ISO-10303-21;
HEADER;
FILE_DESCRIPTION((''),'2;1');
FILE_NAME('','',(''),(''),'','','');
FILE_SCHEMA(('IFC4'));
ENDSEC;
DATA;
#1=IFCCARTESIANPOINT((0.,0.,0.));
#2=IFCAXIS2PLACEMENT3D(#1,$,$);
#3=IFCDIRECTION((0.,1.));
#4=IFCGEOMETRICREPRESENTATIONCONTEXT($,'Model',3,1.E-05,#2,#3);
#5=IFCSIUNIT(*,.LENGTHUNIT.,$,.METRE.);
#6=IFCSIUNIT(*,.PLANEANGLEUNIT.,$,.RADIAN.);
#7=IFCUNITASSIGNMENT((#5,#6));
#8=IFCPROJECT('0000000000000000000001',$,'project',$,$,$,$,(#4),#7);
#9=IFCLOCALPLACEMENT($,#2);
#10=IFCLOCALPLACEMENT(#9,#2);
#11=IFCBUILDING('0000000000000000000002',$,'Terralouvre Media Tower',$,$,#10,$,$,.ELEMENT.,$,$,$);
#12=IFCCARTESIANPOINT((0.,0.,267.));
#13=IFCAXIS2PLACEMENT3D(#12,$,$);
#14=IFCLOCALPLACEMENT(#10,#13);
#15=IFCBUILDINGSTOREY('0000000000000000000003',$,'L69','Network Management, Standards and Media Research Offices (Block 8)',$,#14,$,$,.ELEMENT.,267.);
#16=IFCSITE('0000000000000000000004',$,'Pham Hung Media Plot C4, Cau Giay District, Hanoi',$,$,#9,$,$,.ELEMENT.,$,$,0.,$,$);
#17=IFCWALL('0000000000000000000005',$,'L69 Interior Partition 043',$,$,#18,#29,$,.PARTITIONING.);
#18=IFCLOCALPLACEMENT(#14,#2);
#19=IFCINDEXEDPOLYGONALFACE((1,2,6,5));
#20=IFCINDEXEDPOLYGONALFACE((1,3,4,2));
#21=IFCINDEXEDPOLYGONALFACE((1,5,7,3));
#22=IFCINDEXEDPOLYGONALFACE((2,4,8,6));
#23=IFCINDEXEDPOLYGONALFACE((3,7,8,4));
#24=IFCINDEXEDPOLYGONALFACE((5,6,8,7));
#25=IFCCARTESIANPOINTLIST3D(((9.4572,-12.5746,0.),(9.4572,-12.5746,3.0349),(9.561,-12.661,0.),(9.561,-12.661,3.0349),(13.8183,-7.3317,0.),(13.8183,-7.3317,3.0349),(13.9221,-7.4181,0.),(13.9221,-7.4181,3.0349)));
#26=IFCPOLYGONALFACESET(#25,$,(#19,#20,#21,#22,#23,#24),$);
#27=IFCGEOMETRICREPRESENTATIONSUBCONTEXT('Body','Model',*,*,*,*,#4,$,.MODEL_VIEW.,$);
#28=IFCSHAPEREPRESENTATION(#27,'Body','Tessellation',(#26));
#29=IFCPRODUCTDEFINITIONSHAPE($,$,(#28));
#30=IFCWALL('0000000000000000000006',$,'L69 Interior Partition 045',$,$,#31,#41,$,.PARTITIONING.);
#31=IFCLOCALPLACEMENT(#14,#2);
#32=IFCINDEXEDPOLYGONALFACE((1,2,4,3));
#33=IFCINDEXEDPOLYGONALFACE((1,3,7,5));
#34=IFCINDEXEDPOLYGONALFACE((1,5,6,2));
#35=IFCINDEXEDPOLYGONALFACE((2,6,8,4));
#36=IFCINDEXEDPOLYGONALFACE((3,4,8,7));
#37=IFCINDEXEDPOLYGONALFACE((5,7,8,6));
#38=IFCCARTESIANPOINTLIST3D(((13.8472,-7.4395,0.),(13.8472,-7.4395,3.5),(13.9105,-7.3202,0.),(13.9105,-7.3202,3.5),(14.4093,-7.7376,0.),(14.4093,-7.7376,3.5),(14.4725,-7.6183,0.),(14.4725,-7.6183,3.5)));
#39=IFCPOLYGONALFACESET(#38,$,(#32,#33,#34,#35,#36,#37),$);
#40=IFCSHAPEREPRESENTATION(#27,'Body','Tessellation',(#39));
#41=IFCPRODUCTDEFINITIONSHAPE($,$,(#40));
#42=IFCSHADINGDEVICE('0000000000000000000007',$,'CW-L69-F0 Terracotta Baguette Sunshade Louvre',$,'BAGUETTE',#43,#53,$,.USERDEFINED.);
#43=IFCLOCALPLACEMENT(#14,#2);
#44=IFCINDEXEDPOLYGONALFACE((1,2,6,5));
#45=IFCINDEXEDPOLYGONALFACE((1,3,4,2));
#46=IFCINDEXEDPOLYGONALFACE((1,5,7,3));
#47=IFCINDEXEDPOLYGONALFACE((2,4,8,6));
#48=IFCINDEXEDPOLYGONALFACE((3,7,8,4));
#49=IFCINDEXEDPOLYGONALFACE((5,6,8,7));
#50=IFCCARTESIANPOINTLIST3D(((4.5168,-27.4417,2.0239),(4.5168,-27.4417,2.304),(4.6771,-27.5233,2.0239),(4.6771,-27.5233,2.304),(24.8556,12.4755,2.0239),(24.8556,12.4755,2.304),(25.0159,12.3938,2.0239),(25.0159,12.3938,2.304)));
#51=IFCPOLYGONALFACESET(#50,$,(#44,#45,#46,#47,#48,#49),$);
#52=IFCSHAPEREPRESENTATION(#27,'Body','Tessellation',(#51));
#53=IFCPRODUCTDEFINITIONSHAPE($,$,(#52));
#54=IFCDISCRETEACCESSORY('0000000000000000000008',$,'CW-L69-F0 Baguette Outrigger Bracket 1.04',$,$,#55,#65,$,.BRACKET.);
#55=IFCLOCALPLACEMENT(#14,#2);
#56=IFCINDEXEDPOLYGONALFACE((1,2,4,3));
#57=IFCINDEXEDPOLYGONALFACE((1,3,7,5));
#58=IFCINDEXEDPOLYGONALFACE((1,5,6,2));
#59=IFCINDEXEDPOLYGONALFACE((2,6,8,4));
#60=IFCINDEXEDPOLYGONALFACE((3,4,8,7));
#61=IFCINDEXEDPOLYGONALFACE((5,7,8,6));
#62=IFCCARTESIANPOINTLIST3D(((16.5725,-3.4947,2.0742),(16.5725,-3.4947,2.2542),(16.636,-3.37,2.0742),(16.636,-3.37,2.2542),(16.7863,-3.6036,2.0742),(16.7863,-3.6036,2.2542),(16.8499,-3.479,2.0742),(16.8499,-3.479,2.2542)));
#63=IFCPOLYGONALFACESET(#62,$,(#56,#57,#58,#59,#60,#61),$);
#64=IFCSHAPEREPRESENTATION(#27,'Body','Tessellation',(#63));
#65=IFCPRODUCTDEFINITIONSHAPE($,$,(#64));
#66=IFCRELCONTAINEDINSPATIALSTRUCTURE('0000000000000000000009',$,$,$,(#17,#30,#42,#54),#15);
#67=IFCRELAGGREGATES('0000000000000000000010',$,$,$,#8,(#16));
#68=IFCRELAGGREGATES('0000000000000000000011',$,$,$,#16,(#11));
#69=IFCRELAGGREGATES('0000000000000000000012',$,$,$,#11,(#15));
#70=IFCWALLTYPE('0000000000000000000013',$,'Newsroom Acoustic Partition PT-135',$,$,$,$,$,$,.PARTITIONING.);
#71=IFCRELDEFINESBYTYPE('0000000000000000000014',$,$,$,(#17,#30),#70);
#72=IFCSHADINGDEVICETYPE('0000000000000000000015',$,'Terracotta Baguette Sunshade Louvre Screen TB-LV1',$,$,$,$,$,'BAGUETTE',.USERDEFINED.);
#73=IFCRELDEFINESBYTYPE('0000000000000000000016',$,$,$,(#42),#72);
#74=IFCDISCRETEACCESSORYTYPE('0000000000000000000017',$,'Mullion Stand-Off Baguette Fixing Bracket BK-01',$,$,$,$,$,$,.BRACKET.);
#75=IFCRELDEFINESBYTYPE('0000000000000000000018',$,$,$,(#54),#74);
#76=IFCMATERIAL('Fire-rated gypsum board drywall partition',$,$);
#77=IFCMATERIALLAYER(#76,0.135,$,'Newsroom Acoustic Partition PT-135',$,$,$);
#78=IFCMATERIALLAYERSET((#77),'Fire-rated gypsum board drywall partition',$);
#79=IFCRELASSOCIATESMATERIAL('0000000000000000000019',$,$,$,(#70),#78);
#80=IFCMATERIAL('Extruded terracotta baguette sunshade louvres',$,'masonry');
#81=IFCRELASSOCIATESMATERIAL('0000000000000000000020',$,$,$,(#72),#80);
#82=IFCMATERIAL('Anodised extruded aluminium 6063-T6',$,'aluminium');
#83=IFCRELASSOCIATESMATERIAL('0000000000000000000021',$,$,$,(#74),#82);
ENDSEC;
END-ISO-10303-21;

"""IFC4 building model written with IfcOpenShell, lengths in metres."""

from ifc_helpers import new_model, si_unit, direction, frame, frame_2d, origin, origin_2d, place, context, subcontext, project, spatial, rectangle, extrude, material, layer, layer_set, type_object, element, save


model = new_model("IFC4")

# Units and contexts
model_context = context("Model", 3, precision=1e-05, world=origin(), true_north=direction((0.0, 1.0)))
body_context = subcontext(model_context, "Body", "Model", "MODEL_VIEW")
ifc_project = project(units=[si_unit("LENGTHUNIT", "METRE"), si_unit("PLANEANGLEUNIT", "RADIAN")], contexts=[model_context])

# Site, building, storey
site_placement = place(None, origin())
site = spatial("IfcSite", under=ifc_project, at=site_placement, Name="Pham Hung Media Plot C4, Cau Giay District, Hanoi", CompositionType="ELEMENT", RefElevation=0.0)
building_placement = place(site_placement, origin())
building = spatial("IfcBuilding", under=site, at=building_placement, Name="Terralouvre Media Tower", CompositionType="ELEMENT")
storey_placement = place(building_placement, frame((0.0, 0.0, 267.0)))
storey = spatial("IfcBuildingStorey", under=building, at=storey_placement, Name="L69", Description="Network Management, Standards and Media Research Offices (Block 8)", CompositionType="ELEMENT", Elevation=267.0)

# Shared definitions
ifc_material_1 = material(Name="Fire-rated gypsum board drywall partition")
ifc_layer_1 = layer(ifc_material_1, 0.135, Name="Newsroom Acoustic Partition PT-135")
ifc_layer_set_1 = layer_set([ifc_layer_1], Name="Fire-rated gypsum board drywall partition")
wall_type_1 = type_object("IfcWallType", Name="Newsroom Acoustic Partition PT-135", PredefinedType="PARTITIONING", material=ifc_layer_set_1)

# Walls
wall_1_placement = place(storey_placement, frame((13.8701, -7.375, 0.0), z_axis=(0.0, 0.0, 1.0), x_axis=(-0.63949, -0.768799, 0.0)))
element("IfcWall", 1, at=wall_1_placement, inside=storey, type_object=wall_type_1, Name="L69 Interior Partition 043", PredefinedType="PARTITIONING", context=body_context, shape_type="SweptSolid", body=[
    extrude(rectangle(XDim=6.8196, YDim=0.135, at=frame_2d((3.4097, 0.0))), origin(), (0.0, 0.0, 1.0), 3.0349),
])
wall_2_placement = place(storey_placement, frame((14.4409, -7.678, 0.0), z_axis=(0.0, 0.0, 1.0), x_axis=(-0.883424, 0.468575, 0.0)))
element("IfcWall", 2, at=wall_2_placement, inside=storey, type_object=wall_type_1, Name="L69 Interior Partition 045", PredefinedType="PARTITIONING", context=body_context, shape_type="SweptSolid", body=[
    extrude(rectangle(XDim=0.6362, YDim=0.135, at=frame_2d((0.3181, 0.0))), origin(), (0.0, 0.0, 1.0), 3.5),
])

# Shading device
ifc_material_2 = material(Name="Extruded terracotta baguette sunshade louvres", Category="masonry")
shading_device_type = type_object("IfcShadingDeviceType", Name="Terracotta Baguette Sunshade Louvre Screen TB-LV1", ElementType="BAGUETTE", PredefinedType="USERDEFINED", material=ifc_material_2)
shading_device_placement = place(storey_placement, frame((14.7664, -7.5239, 2.0239), z_axis=(0.0, 0.0, 1.0), x_axis=(0.45399, 0.891007, 0.0)))
element("IfcShadingDevice", 3, at=shading_device_placement, inside=storey, type_object=shading_device_type, Name="CW-L69-F0 Terracotta Baguette Sunshade Louvre", ObjectType="BAGUETTE", PredefinedType="USERDEFINED", context=body_context, shape_type="SweptSolid", body=[
    extrude(rectangle(XDim=44.8, YDim=0.1799, at=origin_2d()), origin(), (0.0, 0.0, 1.0), 0.28),
])

# Discrete accessory
ifc_material_3 = material(Name="Anodised extruded aluminium 6063-T6", Category="aluminium")
discrete_accessory_type = type_object("IfcDiscreteAccessoryType", Name="Mullion Stand-Off Baguette Fixing Bracket BK-01", PredefinedType="BRACKET", material=ifc_material_3)
discrete_accessory_placement = place(storey_placement, frame((16.7112, -3.4868, 2.0742), z_axis=(0.0, 0.0, 1.0), x_axis=(0.45399, 0.891007, 0.0)))
element("IfcDiscreteAccessory", 4, at=discrete_accessory_placement, inside=storey, type_object=discrete_accessory_type, Name="CW-L69-F0 Baguette Outrigger Bracket 1.04", PredefinedType="BRACKET", context=body_context, shape_type="SweptSolid", body=[
    extrude(rectangle(XDim=0.1399, YDim=0.24, at=origin_2d()), origin(), (0.0, 0.0, 1.0), 0.1799),
])

save(model, "model.ifc")
